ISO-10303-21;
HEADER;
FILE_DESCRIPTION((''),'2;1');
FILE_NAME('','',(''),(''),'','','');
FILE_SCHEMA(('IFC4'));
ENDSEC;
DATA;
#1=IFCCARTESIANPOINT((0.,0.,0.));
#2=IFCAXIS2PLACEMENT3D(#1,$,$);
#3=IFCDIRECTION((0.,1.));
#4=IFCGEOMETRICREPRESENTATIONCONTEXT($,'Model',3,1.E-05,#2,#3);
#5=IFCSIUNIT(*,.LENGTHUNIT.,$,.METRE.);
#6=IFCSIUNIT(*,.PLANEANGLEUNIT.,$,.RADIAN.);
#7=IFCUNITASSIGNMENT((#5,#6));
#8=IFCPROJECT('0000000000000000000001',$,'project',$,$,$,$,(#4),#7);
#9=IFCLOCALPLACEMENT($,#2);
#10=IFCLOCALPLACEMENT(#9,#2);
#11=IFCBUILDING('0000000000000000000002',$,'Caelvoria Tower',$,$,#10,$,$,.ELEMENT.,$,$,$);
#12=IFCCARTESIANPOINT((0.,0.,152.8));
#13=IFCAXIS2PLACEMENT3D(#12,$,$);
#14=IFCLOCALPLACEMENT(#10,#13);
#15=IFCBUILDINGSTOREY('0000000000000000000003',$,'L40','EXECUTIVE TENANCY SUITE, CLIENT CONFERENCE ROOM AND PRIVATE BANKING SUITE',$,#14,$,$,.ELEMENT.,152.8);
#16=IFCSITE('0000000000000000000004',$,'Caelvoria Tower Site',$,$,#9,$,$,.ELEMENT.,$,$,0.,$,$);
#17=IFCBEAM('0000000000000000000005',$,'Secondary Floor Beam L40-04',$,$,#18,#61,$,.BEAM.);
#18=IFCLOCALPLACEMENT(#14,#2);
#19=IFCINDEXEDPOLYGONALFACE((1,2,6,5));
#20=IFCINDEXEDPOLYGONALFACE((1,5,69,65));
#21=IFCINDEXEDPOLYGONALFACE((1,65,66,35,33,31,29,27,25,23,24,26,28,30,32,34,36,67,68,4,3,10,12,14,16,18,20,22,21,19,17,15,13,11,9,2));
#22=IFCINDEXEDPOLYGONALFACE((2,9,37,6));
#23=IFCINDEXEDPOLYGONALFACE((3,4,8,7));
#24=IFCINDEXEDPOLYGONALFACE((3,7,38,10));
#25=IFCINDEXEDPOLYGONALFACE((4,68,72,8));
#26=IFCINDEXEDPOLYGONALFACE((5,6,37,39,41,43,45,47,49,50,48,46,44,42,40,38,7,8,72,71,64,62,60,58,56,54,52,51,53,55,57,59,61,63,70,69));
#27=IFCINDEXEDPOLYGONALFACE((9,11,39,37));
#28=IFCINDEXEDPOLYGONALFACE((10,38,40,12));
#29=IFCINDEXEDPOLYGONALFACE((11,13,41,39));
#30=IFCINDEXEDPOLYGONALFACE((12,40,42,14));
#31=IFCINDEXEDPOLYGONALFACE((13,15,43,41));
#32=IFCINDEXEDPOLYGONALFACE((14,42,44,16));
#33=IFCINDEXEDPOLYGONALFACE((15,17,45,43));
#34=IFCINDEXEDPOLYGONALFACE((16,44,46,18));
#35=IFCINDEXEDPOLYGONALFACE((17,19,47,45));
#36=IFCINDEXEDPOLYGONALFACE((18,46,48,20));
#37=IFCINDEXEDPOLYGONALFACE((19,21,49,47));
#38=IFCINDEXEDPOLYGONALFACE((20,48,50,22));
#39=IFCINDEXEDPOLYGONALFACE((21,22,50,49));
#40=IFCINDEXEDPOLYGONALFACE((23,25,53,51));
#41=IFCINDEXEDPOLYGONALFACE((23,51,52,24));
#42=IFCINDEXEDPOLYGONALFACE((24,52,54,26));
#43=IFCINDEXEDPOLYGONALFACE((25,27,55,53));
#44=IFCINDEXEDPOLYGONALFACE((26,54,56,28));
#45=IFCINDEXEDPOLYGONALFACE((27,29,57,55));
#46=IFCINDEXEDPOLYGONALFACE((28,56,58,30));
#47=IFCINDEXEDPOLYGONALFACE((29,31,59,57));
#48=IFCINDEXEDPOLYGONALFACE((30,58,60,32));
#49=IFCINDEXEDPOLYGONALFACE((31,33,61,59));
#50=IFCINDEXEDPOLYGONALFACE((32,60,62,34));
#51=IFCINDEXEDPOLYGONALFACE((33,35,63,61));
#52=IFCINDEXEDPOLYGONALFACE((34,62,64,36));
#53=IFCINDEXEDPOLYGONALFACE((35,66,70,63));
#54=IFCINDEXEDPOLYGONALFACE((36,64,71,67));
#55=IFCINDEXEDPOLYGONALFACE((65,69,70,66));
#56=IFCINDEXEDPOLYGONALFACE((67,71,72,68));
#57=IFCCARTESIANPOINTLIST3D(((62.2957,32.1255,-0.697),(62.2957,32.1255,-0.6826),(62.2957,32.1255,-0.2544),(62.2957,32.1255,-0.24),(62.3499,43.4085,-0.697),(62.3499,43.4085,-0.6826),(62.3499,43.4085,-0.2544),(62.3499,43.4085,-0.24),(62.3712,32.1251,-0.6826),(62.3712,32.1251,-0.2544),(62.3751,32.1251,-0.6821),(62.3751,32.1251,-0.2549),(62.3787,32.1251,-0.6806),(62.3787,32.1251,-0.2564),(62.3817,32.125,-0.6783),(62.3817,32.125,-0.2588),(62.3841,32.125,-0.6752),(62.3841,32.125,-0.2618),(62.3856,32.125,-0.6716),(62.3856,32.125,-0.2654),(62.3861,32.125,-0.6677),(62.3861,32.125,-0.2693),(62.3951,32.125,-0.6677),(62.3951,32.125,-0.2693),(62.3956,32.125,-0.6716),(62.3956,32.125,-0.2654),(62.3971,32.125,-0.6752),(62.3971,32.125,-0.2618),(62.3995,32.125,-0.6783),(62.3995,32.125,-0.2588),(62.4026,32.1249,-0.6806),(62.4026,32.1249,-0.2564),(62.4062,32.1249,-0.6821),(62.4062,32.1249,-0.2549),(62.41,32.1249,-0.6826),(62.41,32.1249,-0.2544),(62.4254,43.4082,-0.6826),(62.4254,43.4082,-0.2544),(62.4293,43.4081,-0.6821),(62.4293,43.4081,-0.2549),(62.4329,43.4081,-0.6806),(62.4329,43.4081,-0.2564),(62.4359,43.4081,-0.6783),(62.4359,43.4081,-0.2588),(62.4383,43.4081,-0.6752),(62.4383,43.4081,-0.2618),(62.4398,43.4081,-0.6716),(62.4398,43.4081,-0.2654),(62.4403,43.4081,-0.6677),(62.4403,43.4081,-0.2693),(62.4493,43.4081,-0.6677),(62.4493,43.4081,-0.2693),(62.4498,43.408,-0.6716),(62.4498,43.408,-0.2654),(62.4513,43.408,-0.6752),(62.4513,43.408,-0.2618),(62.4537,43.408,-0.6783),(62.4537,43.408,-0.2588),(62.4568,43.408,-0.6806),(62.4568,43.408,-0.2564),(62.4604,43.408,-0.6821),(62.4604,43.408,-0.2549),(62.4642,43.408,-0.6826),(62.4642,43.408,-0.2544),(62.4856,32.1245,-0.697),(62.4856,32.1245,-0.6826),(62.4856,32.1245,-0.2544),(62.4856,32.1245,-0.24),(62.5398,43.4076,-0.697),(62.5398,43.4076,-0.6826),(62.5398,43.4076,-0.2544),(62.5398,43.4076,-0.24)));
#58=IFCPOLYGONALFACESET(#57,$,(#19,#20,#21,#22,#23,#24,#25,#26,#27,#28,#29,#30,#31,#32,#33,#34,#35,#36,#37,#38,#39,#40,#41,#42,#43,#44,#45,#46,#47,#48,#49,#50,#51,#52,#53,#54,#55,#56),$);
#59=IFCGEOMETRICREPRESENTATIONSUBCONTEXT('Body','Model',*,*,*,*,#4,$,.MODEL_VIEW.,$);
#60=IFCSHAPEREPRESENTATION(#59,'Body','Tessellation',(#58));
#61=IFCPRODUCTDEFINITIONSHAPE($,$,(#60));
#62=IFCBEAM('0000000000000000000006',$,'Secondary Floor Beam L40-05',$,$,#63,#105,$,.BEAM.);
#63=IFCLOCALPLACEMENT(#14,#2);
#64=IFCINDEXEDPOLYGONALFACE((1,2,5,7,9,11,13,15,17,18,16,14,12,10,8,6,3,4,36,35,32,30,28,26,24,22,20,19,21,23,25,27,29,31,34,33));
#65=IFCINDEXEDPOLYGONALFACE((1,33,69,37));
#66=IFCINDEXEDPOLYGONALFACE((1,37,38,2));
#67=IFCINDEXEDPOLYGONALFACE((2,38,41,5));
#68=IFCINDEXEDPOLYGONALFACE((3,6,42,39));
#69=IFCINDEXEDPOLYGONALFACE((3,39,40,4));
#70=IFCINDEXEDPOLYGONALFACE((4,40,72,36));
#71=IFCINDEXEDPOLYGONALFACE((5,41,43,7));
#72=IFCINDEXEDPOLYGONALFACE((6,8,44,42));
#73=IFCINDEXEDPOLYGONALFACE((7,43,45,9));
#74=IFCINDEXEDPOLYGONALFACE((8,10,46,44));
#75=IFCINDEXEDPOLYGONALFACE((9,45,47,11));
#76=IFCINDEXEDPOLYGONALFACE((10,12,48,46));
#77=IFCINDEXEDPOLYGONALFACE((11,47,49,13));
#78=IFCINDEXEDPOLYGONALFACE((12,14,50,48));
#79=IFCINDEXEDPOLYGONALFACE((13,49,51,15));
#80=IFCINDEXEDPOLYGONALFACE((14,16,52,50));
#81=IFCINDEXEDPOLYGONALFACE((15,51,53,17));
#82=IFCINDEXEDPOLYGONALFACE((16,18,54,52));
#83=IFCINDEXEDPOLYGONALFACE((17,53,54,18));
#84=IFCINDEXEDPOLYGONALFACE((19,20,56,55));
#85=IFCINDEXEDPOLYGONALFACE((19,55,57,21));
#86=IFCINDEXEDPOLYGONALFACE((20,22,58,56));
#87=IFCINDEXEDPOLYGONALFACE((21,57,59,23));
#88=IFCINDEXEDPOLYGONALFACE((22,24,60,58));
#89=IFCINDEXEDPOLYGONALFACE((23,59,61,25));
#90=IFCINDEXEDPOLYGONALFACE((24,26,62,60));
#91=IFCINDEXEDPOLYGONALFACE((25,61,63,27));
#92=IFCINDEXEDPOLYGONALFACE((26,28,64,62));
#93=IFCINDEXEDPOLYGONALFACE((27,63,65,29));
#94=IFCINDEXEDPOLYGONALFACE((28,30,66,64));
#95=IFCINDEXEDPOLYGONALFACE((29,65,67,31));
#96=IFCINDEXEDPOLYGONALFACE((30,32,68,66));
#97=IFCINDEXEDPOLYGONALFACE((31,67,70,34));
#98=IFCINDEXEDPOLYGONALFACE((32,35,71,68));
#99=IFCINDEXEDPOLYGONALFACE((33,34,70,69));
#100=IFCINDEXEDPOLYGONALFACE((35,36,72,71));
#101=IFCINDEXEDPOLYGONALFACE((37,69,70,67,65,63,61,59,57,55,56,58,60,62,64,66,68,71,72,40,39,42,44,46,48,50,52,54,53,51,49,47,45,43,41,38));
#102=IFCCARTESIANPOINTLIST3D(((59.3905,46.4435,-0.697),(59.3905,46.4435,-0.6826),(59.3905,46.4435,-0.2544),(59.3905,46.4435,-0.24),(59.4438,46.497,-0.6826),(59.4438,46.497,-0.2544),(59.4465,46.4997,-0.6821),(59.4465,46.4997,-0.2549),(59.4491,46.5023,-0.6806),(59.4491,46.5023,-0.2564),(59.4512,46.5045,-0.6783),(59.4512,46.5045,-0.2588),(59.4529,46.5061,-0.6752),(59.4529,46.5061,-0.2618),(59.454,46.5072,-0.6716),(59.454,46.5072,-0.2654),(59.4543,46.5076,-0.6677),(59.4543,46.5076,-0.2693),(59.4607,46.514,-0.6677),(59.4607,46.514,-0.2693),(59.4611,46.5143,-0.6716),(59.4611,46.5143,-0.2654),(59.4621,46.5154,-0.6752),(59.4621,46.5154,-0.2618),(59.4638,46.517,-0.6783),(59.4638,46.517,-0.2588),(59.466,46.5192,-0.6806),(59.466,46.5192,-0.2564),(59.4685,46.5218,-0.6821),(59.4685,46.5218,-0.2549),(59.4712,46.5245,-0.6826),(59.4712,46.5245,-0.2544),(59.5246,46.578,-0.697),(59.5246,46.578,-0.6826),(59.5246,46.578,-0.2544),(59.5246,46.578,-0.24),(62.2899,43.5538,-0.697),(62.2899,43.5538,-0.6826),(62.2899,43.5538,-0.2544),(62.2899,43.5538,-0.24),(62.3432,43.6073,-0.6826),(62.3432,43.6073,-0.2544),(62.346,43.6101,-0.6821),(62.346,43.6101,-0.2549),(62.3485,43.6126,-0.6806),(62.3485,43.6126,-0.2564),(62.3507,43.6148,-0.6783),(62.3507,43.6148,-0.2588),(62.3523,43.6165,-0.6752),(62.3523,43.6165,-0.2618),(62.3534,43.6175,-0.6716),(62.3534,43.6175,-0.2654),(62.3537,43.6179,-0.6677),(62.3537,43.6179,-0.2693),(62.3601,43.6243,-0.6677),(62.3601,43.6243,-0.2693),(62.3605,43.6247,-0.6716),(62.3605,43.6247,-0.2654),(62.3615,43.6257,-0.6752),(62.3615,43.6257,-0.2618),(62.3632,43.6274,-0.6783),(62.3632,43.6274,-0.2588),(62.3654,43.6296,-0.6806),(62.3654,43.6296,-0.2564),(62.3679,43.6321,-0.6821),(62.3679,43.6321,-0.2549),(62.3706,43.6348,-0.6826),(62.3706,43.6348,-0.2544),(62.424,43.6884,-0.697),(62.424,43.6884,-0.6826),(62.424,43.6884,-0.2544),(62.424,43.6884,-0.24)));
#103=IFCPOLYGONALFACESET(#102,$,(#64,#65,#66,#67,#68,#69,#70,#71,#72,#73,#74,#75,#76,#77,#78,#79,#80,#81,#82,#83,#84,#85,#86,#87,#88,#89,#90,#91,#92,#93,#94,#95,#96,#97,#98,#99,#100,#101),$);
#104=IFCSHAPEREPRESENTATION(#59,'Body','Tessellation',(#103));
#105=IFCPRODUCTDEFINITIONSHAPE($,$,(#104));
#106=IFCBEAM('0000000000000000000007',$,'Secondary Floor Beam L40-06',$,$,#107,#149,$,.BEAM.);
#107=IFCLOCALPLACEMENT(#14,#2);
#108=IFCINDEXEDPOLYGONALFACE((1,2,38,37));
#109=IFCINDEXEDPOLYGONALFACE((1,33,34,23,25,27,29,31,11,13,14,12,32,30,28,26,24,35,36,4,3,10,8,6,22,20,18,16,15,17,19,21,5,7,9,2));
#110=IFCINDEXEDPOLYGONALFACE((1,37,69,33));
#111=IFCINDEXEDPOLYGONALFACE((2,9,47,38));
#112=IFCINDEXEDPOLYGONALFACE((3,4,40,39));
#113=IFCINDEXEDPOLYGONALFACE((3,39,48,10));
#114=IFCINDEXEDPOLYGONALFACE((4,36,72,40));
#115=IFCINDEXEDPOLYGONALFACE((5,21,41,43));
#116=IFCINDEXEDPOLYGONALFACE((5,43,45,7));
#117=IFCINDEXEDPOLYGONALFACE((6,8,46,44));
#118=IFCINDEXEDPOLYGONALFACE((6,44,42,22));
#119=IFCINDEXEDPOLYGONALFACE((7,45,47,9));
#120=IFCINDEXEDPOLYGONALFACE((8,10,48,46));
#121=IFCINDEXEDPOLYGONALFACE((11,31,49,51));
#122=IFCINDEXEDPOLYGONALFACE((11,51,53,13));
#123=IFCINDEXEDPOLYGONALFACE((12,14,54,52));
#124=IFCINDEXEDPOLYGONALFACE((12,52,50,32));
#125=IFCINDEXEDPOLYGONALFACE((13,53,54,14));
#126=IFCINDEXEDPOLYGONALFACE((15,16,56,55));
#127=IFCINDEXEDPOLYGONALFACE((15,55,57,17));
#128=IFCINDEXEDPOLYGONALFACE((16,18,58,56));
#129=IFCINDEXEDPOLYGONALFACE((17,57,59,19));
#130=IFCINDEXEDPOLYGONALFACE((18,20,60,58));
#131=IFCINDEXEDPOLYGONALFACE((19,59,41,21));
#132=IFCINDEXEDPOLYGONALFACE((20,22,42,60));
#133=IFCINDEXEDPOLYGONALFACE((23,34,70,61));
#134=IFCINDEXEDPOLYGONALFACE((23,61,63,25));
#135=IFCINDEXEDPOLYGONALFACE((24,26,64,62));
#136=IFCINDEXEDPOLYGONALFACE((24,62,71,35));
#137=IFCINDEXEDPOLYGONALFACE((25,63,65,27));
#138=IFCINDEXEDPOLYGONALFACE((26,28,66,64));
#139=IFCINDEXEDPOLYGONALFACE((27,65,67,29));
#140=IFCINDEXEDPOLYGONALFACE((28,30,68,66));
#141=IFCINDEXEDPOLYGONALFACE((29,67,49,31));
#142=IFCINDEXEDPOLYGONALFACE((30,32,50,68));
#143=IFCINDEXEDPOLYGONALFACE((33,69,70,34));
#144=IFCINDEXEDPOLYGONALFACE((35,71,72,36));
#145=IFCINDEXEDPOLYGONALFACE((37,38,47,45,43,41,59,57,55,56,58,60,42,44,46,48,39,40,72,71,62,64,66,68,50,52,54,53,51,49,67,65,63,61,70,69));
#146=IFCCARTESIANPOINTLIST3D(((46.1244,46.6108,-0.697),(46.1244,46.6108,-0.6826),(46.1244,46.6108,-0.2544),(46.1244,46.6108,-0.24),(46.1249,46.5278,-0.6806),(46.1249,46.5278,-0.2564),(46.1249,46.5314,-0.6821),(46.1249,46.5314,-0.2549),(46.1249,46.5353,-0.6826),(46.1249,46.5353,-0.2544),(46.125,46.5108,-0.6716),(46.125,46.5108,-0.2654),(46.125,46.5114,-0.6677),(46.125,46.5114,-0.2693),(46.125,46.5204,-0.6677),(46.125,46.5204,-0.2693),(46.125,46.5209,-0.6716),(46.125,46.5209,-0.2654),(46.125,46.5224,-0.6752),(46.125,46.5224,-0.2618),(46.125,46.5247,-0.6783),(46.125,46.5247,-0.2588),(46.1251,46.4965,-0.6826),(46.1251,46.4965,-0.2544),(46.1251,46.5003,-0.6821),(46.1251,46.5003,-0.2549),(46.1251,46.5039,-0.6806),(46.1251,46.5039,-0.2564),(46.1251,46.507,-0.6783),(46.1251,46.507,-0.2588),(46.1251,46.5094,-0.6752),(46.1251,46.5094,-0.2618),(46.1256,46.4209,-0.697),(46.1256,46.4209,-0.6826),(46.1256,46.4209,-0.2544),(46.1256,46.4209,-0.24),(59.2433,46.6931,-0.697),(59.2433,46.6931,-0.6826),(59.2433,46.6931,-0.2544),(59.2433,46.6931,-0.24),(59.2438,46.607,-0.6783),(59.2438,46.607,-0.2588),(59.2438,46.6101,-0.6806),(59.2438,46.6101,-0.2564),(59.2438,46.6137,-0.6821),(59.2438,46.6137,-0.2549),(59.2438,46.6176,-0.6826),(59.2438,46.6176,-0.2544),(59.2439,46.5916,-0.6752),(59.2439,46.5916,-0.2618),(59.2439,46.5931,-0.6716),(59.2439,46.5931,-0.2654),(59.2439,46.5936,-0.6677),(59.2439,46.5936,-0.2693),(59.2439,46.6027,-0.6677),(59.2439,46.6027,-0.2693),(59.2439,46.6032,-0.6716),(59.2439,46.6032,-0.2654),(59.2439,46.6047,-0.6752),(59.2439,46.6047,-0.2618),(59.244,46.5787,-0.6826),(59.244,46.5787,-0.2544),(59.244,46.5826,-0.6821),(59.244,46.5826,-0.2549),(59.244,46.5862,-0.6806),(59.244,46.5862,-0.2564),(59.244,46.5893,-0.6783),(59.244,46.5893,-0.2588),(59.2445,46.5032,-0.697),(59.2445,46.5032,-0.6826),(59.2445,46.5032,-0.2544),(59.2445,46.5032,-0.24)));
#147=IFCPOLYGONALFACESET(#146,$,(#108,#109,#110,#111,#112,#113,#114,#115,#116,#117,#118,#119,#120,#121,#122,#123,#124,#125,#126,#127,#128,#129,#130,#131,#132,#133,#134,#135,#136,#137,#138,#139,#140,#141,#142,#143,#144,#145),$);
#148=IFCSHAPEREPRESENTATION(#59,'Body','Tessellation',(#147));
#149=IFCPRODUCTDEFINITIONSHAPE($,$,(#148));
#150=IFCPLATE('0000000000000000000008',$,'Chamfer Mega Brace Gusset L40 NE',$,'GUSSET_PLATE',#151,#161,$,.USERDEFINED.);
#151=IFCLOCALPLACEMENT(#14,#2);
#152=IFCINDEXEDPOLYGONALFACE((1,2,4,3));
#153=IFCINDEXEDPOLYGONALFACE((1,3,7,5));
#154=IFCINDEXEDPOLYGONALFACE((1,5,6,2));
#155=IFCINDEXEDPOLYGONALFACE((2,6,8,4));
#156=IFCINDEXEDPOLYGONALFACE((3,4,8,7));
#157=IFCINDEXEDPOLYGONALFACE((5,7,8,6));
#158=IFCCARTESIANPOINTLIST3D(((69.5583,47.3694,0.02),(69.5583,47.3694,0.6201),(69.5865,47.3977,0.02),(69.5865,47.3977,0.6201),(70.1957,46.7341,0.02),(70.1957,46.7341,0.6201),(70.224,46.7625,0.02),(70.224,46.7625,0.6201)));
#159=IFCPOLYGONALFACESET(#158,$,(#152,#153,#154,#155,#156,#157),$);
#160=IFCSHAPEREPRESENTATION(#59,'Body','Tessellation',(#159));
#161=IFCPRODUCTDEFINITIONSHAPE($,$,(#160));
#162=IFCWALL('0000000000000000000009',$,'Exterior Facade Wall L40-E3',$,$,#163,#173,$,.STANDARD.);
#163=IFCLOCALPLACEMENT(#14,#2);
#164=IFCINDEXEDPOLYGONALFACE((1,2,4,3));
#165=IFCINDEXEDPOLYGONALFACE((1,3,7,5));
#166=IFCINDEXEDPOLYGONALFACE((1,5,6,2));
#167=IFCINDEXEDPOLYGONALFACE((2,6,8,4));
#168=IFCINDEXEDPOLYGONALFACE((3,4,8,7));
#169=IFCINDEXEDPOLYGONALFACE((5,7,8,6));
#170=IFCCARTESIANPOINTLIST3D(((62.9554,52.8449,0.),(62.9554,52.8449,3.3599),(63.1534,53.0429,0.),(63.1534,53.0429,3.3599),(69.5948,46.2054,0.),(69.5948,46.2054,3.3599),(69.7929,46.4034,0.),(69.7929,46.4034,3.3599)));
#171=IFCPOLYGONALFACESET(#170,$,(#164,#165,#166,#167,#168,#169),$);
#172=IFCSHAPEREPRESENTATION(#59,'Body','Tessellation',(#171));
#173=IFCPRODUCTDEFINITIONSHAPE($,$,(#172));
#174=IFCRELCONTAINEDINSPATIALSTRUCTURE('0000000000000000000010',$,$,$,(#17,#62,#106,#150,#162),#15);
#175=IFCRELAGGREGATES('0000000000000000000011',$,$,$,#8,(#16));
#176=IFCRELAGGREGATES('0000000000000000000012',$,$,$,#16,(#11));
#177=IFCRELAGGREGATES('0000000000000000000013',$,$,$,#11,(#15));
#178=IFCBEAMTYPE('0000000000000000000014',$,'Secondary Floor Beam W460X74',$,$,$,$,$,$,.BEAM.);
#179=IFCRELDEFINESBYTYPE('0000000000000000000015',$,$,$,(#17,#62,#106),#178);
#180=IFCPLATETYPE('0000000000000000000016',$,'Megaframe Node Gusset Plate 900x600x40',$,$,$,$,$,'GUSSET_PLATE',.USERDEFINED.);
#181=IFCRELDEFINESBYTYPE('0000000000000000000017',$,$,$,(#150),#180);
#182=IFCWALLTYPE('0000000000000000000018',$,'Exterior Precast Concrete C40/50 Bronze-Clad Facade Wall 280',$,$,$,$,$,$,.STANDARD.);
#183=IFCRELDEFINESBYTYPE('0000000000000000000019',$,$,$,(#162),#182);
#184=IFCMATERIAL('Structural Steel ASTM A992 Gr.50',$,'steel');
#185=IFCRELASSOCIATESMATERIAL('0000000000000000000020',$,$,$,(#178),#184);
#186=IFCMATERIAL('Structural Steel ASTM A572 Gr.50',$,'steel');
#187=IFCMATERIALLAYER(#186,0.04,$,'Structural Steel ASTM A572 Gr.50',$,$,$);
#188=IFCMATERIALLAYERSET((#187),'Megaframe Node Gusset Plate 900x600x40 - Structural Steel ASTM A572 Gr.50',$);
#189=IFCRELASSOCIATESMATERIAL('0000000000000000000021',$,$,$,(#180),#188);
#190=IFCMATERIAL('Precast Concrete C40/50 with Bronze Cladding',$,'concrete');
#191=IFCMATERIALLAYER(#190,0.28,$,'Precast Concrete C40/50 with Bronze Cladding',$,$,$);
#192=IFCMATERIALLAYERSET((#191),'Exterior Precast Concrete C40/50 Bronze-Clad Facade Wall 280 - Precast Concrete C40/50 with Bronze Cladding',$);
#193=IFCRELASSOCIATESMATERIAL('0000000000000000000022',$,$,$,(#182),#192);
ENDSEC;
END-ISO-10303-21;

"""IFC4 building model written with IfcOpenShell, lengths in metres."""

from ifc_helpers import new_model, si_unit, direction, frame, frame_2d, origin, origin_2d, place, context, subcontext, project, spatial, rectangle, i_section, extrude, material, layer, layer_set, material_profile, profile_set, type_object, element, save


model = new_model("IFC4")

# Units and contexts
model_context = context("Model", 3, precision=1e-05, world=origin(), true_north=direction((0.0, 1.0)))
body_context = subcontext(model_context, "Body", "Model", "MODEL_VIEW")
ifc_project = project(units=[si_unit("LENGTHUNIT", "METRE"), si_unit("PLANEANGLEUNIT", "RADIAN")], contexts=[model_context])

# Site, building, storey
site_placement = place(None, origin())
site = spatial("IfcSite", under=ifc_project, at=site_placement, Name="Caelvoria Tower Site", CompositionType="ELEMENT", RefElevation=0.0)
building_placement = place(site_placement, origin())
building = spatial("IfcBuilding", under=site, at=building_placement, Name="Caelvoria Tower", CompositionType="ELEMENT")
storey_placement = place(building_placement, frame((0.0, 0.0, 152.8)))
storey = spatial("IfcBuildingStorey", under=building, at=storey_placement, Name="L40", Description="EXECUTIVE TENANCY SUITE, CLIENT CONFERENCE ROOM AND PRIVATE BANKING SUITE", CompositionType="ELEMENT", Elevation=152.8)

# Shared definitions
ifc_material_1 = material(Name="Structural Steel ASTM A572 Gr.50", Category="steel")

# Beams
ifc_material_2 = material(Name="Structural Steel ASTM A992 Gr.50", Category="steel")
ifc_material_profile_1 = material_profile(ifc_material_2, i_section(OverallWidth=0.1899, OverallDepth=0.457, WebThickness=0.009, FlangeThickness=0.0144, FilletRadius=0.0149, at=origin_2d()), Name="Structural Steel ASTM A992 Gr.50")
ifc_profile_set_1 = profile_set([ifc_material_profile_1], Name="W460X74 - Structural Steel ASTM A992 Gr.50")
beam_type_1 = type_object("IfcBeamType", Name="Secondary Floor Beam W460X74", PredefinedType="BEAM", material=ifc_profile_set_1)
beam_1_placement = place(storey_placement, frame((62.3906, 32.125, -0.4685), z_axis=(0.004804, 0.999988, 0.0), x_axis=(-0.999988, 0.004804, 0.0)))
element("IfcBeam", 1, at=beam_1_placement, inside=storey, type_object=beam_type_1, Name="Secondary Floor Beam L40-04", PredefinedType="BEAM", context=body_context, shape_type="SweptSolid", body=[
    extrude(i_section(OverallWidth=0.1899, OverallDepth=0.457, WebThickness=0.009, FlangeThickness=0.0144, FilletRadius=0.0149, at=origin_2d()), origin(), (0.0, 0.0, 1.0), 11.2832),
])
beam_2_placement = place(storey_placement, frame((62.3569, 43.6211, -0.4685), z_axis=(-0.708299, 0.705913, 0.0), x_axis=(-0.705913, -0.708299, 0.0)))
element("IfcBeam", 2, at=beam_2_placement, inside=storey, type_object=beam_type_1, Name="Secondary Floor Beam L40-05", PredefinedType="BEAM", context=body_context, shape_type="SweptSolid", body=[
    extrude(i_section(OverallWidth=0.1899, OverallDepth=0.457, WebThickness=0.009, FlangeThickness=0.0144, FilletRadius=0.0149, at=origin_2d()), origin(), (0.0, 0.0, 1.0), 4.0935),
])
beam_3_placement = place(storey_placement, frame((59.2439, 46.5981, -0.4685), z_axis=(-0.99998, -0.006271, 0.0), x_axis=(0.006271, -0.99998, 0.0)))
element("IfcBeam", 3, at=beam_3_placement, inside=storey, type_object=beam_type_1, Name="Secondary Floor Beam L40-06", PredefinedType="BEAM", context=body_context, shape_type="SweptSolid", body=[
    extrude(i_section(OverallWidth=0.1899, OverallDepth=0.457, WebThickness=0.009, FlangeThickness=0.0144, FilletRadius=0.0149, at=origin_2d()), origin(), (0.0, 0.0, 1.0), 13.1191),
])

# Plate
ifc_layer_1 = layer(ifc_material_1, 0.04, Name="Structural Steel ASTM A572 Gr.50")
ifc_layer_set_1 = layer_set([ifc_layer_1], Name="Megaframe Node Gusset Plate 900x600x40 - Structural Steel ASTM A572 Gr.50")
plate_type = type_object("IfcPlateType", Name="Megaframe Node Gusset Plate 900x600x40", ElementType="GUSSET_PLATE", PredefinedType="USERDEFINED", material=ifc_layer_set_1)
plate_placement = place(storey_placement, frame((69.8911, 47.0659, 0.02), z_axis=(0.0, 0.0, 1.0), x_axis=(-0.708326, 0.705885, 0.0)))
element("IfcPlate", 4, at=plate_placement, inside=storey, type_object=plate_type, Name="Chamfer Mega Brace Gusset L40 NE", ObjectType="GUSSET_PLATE", PredefinedType="USERDEFINED", context=body_context, shape_type="SweptSolid", body=[
    extrude(rectangle(XDim=0.8999, YDim=0.04, at=origin_2d()), origin(), (0.0, 0.0, 1.0), 0.6001),
])

# Wall
ifc_material_3 = material(Name="Precast Concrete C40/50 with Bronze Cladding", Category="concrete")
ifc_layer_2 = layer(ifc_material_3, 0.28, Name="Precast Concrete C40/50 with Bronze Cladding")
ifc_layer_set_2 = layer_set([ifc_layer_2], Name="Exterior Precast Concrete C40/50 Bronze-Clad Facade Wall 280 - Precast Concrete C40/50 with Bronze Cladding")
wall_type_1 = type_object("IfcWallType", Name="Exterior Precast Concrete C40/50 Bronze-Clad Facade Wall 280", PredefinedType="STANDARD", material=ifc_layer_set_2)
wall_1_placement = place(storey_placement, frame((69.6938, 46.3044, 0.0), z_axis=(0.0, 0.0, 1.0), x_axis=(-0.707107, 0.707107, 0.0)))
element("IfcWall", 5, at=wall_1_placement, inside=storey, type_object=wall_type_1, Name="Exterior Facade Wall L40-E3", PredefinedType="STANDARD", context=body_context, shape_type="SweptSolid", body=[
    extrude(rectangle(XDim=9.3896, YDim=0.28, at=frame_2d((4.6948, 0.0))), origin(), (0.0, 0.0, 1.0), 3.3599),
])

save(model, "model.ifc")
